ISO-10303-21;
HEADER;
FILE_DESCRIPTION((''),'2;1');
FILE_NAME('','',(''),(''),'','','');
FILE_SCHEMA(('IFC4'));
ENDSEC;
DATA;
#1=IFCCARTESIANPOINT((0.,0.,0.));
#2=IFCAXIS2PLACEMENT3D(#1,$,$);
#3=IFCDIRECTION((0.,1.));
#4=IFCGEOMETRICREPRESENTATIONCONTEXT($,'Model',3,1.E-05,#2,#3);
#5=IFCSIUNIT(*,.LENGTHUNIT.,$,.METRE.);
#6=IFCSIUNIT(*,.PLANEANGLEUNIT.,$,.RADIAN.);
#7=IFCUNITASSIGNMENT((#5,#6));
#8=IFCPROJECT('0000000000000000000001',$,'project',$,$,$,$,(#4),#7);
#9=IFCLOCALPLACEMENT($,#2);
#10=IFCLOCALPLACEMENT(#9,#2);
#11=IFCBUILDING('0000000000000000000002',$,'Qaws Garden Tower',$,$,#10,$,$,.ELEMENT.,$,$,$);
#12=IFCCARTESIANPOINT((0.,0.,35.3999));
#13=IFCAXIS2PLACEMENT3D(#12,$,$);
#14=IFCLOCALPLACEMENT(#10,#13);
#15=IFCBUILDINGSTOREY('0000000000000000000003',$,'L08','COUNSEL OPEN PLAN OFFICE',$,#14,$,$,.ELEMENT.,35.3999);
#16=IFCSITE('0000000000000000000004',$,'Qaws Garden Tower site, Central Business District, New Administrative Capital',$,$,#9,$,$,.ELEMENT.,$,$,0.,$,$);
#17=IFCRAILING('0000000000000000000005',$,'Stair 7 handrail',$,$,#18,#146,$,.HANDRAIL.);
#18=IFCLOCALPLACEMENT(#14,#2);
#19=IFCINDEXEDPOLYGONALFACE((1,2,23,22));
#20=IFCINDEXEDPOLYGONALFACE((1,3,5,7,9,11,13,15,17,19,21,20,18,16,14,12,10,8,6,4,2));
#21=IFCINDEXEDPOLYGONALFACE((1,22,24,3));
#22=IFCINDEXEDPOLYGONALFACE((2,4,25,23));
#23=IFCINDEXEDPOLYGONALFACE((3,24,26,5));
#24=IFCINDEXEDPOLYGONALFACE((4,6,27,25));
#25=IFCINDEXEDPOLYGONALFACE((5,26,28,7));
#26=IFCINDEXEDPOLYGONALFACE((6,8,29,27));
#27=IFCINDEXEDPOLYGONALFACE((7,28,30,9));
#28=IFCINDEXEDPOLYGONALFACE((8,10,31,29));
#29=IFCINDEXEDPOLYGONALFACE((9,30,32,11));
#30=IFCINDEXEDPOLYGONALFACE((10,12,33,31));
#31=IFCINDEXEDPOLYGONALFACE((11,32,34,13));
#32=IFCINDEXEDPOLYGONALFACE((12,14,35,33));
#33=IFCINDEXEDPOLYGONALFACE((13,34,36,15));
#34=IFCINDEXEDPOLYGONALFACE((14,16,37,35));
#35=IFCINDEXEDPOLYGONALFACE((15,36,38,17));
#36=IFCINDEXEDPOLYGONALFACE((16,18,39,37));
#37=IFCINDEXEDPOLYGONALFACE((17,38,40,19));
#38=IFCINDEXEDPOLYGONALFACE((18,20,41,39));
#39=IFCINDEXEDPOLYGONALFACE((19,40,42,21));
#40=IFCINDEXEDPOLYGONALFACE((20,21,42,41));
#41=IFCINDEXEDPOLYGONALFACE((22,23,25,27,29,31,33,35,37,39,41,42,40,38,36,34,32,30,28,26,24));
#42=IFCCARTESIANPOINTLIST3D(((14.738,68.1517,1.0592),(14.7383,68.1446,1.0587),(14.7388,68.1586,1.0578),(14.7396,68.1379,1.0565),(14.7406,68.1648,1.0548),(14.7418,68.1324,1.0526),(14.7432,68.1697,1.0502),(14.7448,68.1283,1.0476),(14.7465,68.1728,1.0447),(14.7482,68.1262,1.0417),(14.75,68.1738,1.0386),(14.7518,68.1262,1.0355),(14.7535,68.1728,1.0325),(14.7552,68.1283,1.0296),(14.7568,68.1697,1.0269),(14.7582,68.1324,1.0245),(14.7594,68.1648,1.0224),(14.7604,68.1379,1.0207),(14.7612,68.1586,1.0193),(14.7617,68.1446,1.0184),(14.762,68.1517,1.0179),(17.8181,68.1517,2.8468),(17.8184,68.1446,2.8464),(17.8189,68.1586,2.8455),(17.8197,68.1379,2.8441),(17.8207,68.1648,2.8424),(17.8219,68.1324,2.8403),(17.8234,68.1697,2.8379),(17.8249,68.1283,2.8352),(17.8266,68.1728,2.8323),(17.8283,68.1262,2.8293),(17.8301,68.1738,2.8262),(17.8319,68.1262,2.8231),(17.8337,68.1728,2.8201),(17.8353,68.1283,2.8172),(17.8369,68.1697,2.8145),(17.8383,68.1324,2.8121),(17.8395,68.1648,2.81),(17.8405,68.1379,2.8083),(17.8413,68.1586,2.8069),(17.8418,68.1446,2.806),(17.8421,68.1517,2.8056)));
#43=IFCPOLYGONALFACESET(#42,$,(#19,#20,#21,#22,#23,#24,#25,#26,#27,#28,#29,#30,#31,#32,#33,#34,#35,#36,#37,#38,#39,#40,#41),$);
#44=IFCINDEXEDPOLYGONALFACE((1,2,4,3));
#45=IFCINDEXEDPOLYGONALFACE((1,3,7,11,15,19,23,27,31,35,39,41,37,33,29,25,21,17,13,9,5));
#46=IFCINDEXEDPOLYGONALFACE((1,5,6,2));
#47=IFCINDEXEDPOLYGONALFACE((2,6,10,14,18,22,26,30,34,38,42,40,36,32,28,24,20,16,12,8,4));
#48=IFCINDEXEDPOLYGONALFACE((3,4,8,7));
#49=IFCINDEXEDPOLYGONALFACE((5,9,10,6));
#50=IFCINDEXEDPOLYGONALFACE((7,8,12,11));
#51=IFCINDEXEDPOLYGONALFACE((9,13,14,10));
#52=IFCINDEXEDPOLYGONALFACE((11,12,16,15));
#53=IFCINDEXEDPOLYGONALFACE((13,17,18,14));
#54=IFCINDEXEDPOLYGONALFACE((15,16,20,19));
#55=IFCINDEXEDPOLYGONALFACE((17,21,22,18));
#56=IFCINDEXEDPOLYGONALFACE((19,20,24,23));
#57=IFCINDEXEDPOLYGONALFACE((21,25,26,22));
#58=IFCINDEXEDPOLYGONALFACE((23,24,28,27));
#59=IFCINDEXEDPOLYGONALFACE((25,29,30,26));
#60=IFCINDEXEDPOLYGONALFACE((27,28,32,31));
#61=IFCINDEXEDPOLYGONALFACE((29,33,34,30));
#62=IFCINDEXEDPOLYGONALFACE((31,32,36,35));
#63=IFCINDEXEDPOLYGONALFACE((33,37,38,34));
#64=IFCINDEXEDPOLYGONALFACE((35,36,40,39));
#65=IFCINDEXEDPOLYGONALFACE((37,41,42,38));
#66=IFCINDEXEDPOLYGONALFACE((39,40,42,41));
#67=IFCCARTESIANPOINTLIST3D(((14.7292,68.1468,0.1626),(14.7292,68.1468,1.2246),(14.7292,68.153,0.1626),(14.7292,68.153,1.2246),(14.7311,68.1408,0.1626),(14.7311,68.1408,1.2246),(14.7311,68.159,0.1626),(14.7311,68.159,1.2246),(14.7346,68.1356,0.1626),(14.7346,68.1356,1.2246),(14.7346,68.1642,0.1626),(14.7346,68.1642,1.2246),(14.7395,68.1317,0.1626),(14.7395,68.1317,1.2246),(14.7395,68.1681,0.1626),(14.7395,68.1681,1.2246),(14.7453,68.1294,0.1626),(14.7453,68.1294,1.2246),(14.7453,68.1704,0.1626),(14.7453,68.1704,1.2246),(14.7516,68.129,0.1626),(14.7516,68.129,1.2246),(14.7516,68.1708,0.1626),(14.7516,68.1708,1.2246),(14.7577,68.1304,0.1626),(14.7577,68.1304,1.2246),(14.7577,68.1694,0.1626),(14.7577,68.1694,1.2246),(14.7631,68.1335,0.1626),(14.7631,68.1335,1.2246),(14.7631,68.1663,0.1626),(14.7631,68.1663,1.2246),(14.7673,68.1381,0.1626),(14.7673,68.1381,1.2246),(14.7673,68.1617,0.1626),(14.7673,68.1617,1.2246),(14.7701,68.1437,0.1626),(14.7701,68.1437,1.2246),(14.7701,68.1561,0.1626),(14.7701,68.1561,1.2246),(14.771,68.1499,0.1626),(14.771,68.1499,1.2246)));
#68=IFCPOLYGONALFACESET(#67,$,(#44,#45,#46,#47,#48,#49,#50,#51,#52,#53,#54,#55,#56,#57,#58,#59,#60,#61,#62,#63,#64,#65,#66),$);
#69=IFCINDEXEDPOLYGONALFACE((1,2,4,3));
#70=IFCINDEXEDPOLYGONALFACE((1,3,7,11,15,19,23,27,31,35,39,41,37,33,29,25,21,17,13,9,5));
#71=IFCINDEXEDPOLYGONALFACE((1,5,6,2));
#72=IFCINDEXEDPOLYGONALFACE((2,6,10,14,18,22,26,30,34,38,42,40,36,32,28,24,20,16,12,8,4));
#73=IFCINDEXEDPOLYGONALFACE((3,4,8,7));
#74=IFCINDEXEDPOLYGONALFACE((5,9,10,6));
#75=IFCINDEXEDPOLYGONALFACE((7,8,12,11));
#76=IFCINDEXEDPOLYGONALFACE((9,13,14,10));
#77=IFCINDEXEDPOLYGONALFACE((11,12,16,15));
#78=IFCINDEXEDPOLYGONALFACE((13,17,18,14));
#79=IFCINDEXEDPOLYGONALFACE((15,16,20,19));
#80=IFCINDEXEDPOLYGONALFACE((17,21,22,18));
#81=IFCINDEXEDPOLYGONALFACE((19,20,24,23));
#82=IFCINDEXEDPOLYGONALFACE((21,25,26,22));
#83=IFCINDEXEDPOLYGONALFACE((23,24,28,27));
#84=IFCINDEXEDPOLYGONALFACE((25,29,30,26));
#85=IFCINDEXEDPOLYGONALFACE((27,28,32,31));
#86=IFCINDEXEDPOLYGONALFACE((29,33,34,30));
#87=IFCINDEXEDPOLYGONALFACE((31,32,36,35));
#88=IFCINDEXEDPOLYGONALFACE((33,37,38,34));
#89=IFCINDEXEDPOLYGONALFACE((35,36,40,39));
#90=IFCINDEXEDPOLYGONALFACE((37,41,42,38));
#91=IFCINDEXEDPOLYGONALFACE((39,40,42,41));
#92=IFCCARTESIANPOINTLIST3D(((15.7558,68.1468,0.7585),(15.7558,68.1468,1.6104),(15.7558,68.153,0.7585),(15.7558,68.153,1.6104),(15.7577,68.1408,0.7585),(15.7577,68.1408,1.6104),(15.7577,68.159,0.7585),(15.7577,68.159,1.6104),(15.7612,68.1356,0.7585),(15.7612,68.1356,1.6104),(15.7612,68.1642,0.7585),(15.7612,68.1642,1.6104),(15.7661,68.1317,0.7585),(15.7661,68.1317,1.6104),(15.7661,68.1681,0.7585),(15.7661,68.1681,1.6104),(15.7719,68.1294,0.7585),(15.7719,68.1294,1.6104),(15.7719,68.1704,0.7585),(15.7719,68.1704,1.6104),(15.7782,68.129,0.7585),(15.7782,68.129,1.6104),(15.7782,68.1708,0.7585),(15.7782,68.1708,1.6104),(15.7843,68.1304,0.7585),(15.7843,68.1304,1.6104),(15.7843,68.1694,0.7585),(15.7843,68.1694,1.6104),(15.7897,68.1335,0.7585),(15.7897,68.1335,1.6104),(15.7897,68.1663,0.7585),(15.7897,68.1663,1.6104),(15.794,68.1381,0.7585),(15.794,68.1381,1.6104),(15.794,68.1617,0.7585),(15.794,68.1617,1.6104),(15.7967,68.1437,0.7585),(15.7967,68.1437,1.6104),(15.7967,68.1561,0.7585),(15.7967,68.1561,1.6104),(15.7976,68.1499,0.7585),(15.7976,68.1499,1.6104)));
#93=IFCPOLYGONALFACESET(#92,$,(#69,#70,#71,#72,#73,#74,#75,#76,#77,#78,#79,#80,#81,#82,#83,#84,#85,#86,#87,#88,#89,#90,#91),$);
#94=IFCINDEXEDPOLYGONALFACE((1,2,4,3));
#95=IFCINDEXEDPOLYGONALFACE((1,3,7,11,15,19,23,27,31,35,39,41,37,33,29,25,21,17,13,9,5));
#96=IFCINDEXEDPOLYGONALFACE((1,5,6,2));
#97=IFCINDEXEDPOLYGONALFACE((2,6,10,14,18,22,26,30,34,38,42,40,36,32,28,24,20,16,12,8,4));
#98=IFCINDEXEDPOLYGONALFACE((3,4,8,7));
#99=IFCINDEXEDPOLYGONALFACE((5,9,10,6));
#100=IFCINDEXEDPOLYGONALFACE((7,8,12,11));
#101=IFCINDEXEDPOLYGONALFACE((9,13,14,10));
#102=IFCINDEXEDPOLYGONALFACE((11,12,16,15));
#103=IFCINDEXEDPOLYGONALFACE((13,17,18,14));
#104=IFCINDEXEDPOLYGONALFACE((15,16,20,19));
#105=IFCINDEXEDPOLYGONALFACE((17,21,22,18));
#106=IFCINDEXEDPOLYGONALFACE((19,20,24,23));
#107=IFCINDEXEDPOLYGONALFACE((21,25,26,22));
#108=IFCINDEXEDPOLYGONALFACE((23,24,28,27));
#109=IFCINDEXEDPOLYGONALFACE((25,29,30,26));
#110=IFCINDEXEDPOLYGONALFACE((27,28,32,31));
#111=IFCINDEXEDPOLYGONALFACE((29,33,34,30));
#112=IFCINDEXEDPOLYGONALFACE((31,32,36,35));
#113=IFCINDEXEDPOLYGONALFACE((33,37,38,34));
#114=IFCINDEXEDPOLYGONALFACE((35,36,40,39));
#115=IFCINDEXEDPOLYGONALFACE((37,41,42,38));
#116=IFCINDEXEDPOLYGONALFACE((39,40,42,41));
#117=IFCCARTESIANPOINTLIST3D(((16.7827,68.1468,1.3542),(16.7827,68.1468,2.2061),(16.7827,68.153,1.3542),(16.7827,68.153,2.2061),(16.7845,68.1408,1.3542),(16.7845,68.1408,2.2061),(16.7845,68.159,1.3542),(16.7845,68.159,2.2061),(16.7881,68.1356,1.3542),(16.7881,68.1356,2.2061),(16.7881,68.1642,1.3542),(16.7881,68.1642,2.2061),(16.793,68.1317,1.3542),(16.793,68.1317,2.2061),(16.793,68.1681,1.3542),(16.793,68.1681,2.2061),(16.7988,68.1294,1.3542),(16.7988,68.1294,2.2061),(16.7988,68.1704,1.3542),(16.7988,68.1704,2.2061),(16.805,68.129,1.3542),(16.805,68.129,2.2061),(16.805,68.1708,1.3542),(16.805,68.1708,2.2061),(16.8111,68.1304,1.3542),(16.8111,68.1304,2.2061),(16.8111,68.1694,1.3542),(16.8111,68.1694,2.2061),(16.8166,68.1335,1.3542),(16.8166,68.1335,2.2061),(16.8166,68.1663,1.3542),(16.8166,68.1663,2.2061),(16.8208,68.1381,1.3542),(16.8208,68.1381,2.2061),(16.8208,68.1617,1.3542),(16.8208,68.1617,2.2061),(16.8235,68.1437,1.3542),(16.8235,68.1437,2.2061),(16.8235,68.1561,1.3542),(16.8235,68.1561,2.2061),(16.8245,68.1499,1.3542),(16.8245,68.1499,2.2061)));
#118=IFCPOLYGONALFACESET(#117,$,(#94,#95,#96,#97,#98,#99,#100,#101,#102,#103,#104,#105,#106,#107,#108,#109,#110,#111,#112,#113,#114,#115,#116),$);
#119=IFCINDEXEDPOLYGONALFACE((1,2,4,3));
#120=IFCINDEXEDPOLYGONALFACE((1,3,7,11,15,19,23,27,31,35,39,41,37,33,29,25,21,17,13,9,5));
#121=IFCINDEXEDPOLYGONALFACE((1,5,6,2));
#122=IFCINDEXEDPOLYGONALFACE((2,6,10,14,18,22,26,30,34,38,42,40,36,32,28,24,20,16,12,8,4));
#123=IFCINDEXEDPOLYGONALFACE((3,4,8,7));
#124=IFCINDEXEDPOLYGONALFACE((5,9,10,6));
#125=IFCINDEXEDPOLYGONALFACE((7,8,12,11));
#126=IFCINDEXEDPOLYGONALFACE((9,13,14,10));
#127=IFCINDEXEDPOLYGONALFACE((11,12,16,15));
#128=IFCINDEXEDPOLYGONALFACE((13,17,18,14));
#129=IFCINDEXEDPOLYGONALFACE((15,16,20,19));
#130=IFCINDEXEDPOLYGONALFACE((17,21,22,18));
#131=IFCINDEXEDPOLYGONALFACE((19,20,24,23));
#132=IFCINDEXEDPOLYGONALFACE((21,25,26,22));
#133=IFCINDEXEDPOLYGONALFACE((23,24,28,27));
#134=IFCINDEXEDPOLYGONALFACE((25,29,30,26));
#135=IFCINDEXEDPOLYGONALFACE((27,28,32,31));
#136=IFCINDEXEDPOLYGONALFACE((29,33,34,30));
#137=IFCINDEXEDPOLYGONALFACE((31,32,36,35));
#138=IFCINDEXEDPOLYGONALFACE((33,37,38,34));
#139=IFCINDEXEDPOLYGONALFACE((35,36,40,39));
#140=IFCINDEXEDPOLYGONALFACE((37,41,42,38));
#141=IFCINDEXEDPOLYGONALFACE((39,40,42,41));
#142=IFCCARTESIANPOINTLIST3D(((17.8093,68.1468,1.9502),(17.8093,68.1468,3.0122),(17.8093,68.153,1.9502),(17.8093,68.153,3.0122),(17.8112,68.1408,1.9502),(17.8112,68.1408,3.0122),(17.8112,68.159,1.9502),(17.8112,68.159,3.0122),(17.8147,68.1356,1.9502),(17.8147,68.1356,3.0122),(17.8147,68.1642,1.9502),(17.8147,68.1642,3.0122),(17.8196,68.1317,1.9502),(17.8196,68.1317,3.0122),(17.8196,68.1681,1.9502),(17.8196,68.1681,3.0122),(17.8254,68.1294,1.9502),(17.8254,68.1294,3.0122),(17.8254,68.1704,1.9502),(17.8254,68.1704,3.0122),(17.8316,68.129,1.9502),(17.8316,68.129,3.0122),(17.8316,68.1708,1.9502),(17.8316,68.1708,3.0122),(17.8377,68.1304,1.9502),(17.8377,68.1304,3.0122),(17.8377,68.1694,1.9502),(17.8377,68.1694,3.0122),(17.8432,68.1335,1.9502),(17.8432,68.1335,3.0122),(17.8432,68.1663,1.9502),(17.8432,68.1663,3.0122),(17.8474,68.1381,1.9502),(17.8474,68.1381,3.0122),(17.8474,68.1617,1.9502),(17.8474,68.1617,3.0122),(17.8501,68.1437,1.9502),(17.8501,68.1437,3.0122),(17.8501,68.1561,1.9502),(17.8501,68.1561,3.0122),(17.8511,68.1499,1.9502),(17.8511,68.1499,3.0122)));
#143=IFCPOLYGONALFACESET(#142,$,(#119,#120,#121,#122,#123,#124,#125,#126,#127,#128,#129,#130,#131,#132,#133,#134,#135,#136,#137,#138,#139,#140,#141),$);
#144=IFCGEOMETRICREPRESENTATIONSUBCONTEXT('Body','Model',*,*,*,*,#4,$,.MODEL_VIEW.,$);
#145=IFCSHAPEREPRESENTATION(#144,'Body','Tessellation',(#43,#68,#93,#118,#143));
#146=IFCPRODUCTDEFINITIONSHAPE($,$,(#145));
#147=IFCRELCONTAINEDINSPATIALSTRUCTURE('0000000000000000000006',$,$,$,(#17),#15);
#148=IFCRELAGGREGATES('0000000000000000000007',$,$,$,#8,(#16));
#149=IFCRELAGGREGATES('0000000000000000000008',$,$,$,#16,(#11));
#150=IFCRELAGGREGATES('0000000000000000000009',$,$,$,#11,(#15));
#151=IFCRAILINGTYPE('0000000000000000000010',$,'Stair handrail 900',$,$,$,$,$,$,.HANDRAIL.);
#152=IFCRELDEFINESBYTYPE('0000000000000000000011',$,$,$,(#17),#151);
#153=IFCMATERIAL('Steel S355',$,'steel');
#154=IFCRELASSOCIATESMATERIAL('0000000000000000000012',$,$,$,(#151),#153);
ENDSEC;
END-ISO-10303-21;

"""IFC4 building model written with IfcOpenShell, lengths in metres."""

from ifc_helpers import new_model, si_unit, direction, frame, origin, origin_2d, place, context, subcontext, project, spatial, circle, extrude, material, type_object, element, save


model = new_model("IFC4")

# Units and contexts
model_context = context("Model", 3, precision=1e-05, world=origin(), true_north=direction((0.0, 1.0)))
body_context = subcontext(model_context, "Body", "Model", "MODEL_VIEW")
ifc_project = project(units=[si_unit("LENGTHUNIT", "METRE"), si_unit("PLANEANGLEUNIT", "RADIAN")], contexts=[model_context])

# Site, building, storey
site_placement = place(None, origin())
site = spatial("IfcSite", under=ifc_project, at=site_placement, Name="Qaws Garden Tower site, Central Business District, New Administrative Capital", CompositionType="ELEMENT", RefElevation=0.0)
building_placement = place(site_placement, origin())
building = spatial("IfcBuilding", under=site, at=building_placement, Name="Qaws Garden Tower", CompositionType="ELEMENT")
storey_placement = place(building_placement, frame((0.0, 0.0, 35.3999)))
storey = spatial("IfcBuildingStorey", under=building, at=storey_placement, Name="L08", Description="COUNSEL OPEN PLAN OFFICE", CompositionType="ELEMENT", Elevation=35.3999)

# Railing
ifc_material_1 = material(Name="Steel S355", Category="steel")
railing_type = type_object("IfcRailingType", Name="Stair handrail 900", PredefinedType="HANDRAIL", material=ifc_material_1)
railing_1_placement = place(storey_placement, frame((14.75, 68.1499, 0.1626)))
element("IfcRailing", 1, at=railing_1_placement, inside=storey, type_object=railing_type, Name="Stair 7 handrail", PredefinedType="HANDRAIL", context=body_context, shape_type="SweptSolid", body=[
    extrude(circle(Radius=0.0239, at=origin_2d()), frame((0.0, 0.0, 0.876), z_axis=(0.864891, 0.0, 0.50196), x_axis=(0.0, 1.0, 0.0)), (0.0, 0.0, 1.0), 3.5613),
    extrude(circle(Radius=0.021, at=origin_2d()), origin(), (0.0, 0.0, 1.0), 1.062),
    extrude(circle(Radius=0.021, at=origin_2d()), frame((1.0266, 0.0, 0.5959)), (0.0, 0.0, 1.0), 0.8518),
    extrude(circle(Radius=0.021, at=origin_2d()), frame((2.0535, 0.0, 1.1917)), (0.0, 0.0, 1.0), 0.8518),
    extrude(circle(Radius=0.021, at=origin_2d()), frame((3.0801, 0.0, 1.7876)), (0.0, 0.0, 1.0), 1.062),
])

save(model, "model.ifc")
